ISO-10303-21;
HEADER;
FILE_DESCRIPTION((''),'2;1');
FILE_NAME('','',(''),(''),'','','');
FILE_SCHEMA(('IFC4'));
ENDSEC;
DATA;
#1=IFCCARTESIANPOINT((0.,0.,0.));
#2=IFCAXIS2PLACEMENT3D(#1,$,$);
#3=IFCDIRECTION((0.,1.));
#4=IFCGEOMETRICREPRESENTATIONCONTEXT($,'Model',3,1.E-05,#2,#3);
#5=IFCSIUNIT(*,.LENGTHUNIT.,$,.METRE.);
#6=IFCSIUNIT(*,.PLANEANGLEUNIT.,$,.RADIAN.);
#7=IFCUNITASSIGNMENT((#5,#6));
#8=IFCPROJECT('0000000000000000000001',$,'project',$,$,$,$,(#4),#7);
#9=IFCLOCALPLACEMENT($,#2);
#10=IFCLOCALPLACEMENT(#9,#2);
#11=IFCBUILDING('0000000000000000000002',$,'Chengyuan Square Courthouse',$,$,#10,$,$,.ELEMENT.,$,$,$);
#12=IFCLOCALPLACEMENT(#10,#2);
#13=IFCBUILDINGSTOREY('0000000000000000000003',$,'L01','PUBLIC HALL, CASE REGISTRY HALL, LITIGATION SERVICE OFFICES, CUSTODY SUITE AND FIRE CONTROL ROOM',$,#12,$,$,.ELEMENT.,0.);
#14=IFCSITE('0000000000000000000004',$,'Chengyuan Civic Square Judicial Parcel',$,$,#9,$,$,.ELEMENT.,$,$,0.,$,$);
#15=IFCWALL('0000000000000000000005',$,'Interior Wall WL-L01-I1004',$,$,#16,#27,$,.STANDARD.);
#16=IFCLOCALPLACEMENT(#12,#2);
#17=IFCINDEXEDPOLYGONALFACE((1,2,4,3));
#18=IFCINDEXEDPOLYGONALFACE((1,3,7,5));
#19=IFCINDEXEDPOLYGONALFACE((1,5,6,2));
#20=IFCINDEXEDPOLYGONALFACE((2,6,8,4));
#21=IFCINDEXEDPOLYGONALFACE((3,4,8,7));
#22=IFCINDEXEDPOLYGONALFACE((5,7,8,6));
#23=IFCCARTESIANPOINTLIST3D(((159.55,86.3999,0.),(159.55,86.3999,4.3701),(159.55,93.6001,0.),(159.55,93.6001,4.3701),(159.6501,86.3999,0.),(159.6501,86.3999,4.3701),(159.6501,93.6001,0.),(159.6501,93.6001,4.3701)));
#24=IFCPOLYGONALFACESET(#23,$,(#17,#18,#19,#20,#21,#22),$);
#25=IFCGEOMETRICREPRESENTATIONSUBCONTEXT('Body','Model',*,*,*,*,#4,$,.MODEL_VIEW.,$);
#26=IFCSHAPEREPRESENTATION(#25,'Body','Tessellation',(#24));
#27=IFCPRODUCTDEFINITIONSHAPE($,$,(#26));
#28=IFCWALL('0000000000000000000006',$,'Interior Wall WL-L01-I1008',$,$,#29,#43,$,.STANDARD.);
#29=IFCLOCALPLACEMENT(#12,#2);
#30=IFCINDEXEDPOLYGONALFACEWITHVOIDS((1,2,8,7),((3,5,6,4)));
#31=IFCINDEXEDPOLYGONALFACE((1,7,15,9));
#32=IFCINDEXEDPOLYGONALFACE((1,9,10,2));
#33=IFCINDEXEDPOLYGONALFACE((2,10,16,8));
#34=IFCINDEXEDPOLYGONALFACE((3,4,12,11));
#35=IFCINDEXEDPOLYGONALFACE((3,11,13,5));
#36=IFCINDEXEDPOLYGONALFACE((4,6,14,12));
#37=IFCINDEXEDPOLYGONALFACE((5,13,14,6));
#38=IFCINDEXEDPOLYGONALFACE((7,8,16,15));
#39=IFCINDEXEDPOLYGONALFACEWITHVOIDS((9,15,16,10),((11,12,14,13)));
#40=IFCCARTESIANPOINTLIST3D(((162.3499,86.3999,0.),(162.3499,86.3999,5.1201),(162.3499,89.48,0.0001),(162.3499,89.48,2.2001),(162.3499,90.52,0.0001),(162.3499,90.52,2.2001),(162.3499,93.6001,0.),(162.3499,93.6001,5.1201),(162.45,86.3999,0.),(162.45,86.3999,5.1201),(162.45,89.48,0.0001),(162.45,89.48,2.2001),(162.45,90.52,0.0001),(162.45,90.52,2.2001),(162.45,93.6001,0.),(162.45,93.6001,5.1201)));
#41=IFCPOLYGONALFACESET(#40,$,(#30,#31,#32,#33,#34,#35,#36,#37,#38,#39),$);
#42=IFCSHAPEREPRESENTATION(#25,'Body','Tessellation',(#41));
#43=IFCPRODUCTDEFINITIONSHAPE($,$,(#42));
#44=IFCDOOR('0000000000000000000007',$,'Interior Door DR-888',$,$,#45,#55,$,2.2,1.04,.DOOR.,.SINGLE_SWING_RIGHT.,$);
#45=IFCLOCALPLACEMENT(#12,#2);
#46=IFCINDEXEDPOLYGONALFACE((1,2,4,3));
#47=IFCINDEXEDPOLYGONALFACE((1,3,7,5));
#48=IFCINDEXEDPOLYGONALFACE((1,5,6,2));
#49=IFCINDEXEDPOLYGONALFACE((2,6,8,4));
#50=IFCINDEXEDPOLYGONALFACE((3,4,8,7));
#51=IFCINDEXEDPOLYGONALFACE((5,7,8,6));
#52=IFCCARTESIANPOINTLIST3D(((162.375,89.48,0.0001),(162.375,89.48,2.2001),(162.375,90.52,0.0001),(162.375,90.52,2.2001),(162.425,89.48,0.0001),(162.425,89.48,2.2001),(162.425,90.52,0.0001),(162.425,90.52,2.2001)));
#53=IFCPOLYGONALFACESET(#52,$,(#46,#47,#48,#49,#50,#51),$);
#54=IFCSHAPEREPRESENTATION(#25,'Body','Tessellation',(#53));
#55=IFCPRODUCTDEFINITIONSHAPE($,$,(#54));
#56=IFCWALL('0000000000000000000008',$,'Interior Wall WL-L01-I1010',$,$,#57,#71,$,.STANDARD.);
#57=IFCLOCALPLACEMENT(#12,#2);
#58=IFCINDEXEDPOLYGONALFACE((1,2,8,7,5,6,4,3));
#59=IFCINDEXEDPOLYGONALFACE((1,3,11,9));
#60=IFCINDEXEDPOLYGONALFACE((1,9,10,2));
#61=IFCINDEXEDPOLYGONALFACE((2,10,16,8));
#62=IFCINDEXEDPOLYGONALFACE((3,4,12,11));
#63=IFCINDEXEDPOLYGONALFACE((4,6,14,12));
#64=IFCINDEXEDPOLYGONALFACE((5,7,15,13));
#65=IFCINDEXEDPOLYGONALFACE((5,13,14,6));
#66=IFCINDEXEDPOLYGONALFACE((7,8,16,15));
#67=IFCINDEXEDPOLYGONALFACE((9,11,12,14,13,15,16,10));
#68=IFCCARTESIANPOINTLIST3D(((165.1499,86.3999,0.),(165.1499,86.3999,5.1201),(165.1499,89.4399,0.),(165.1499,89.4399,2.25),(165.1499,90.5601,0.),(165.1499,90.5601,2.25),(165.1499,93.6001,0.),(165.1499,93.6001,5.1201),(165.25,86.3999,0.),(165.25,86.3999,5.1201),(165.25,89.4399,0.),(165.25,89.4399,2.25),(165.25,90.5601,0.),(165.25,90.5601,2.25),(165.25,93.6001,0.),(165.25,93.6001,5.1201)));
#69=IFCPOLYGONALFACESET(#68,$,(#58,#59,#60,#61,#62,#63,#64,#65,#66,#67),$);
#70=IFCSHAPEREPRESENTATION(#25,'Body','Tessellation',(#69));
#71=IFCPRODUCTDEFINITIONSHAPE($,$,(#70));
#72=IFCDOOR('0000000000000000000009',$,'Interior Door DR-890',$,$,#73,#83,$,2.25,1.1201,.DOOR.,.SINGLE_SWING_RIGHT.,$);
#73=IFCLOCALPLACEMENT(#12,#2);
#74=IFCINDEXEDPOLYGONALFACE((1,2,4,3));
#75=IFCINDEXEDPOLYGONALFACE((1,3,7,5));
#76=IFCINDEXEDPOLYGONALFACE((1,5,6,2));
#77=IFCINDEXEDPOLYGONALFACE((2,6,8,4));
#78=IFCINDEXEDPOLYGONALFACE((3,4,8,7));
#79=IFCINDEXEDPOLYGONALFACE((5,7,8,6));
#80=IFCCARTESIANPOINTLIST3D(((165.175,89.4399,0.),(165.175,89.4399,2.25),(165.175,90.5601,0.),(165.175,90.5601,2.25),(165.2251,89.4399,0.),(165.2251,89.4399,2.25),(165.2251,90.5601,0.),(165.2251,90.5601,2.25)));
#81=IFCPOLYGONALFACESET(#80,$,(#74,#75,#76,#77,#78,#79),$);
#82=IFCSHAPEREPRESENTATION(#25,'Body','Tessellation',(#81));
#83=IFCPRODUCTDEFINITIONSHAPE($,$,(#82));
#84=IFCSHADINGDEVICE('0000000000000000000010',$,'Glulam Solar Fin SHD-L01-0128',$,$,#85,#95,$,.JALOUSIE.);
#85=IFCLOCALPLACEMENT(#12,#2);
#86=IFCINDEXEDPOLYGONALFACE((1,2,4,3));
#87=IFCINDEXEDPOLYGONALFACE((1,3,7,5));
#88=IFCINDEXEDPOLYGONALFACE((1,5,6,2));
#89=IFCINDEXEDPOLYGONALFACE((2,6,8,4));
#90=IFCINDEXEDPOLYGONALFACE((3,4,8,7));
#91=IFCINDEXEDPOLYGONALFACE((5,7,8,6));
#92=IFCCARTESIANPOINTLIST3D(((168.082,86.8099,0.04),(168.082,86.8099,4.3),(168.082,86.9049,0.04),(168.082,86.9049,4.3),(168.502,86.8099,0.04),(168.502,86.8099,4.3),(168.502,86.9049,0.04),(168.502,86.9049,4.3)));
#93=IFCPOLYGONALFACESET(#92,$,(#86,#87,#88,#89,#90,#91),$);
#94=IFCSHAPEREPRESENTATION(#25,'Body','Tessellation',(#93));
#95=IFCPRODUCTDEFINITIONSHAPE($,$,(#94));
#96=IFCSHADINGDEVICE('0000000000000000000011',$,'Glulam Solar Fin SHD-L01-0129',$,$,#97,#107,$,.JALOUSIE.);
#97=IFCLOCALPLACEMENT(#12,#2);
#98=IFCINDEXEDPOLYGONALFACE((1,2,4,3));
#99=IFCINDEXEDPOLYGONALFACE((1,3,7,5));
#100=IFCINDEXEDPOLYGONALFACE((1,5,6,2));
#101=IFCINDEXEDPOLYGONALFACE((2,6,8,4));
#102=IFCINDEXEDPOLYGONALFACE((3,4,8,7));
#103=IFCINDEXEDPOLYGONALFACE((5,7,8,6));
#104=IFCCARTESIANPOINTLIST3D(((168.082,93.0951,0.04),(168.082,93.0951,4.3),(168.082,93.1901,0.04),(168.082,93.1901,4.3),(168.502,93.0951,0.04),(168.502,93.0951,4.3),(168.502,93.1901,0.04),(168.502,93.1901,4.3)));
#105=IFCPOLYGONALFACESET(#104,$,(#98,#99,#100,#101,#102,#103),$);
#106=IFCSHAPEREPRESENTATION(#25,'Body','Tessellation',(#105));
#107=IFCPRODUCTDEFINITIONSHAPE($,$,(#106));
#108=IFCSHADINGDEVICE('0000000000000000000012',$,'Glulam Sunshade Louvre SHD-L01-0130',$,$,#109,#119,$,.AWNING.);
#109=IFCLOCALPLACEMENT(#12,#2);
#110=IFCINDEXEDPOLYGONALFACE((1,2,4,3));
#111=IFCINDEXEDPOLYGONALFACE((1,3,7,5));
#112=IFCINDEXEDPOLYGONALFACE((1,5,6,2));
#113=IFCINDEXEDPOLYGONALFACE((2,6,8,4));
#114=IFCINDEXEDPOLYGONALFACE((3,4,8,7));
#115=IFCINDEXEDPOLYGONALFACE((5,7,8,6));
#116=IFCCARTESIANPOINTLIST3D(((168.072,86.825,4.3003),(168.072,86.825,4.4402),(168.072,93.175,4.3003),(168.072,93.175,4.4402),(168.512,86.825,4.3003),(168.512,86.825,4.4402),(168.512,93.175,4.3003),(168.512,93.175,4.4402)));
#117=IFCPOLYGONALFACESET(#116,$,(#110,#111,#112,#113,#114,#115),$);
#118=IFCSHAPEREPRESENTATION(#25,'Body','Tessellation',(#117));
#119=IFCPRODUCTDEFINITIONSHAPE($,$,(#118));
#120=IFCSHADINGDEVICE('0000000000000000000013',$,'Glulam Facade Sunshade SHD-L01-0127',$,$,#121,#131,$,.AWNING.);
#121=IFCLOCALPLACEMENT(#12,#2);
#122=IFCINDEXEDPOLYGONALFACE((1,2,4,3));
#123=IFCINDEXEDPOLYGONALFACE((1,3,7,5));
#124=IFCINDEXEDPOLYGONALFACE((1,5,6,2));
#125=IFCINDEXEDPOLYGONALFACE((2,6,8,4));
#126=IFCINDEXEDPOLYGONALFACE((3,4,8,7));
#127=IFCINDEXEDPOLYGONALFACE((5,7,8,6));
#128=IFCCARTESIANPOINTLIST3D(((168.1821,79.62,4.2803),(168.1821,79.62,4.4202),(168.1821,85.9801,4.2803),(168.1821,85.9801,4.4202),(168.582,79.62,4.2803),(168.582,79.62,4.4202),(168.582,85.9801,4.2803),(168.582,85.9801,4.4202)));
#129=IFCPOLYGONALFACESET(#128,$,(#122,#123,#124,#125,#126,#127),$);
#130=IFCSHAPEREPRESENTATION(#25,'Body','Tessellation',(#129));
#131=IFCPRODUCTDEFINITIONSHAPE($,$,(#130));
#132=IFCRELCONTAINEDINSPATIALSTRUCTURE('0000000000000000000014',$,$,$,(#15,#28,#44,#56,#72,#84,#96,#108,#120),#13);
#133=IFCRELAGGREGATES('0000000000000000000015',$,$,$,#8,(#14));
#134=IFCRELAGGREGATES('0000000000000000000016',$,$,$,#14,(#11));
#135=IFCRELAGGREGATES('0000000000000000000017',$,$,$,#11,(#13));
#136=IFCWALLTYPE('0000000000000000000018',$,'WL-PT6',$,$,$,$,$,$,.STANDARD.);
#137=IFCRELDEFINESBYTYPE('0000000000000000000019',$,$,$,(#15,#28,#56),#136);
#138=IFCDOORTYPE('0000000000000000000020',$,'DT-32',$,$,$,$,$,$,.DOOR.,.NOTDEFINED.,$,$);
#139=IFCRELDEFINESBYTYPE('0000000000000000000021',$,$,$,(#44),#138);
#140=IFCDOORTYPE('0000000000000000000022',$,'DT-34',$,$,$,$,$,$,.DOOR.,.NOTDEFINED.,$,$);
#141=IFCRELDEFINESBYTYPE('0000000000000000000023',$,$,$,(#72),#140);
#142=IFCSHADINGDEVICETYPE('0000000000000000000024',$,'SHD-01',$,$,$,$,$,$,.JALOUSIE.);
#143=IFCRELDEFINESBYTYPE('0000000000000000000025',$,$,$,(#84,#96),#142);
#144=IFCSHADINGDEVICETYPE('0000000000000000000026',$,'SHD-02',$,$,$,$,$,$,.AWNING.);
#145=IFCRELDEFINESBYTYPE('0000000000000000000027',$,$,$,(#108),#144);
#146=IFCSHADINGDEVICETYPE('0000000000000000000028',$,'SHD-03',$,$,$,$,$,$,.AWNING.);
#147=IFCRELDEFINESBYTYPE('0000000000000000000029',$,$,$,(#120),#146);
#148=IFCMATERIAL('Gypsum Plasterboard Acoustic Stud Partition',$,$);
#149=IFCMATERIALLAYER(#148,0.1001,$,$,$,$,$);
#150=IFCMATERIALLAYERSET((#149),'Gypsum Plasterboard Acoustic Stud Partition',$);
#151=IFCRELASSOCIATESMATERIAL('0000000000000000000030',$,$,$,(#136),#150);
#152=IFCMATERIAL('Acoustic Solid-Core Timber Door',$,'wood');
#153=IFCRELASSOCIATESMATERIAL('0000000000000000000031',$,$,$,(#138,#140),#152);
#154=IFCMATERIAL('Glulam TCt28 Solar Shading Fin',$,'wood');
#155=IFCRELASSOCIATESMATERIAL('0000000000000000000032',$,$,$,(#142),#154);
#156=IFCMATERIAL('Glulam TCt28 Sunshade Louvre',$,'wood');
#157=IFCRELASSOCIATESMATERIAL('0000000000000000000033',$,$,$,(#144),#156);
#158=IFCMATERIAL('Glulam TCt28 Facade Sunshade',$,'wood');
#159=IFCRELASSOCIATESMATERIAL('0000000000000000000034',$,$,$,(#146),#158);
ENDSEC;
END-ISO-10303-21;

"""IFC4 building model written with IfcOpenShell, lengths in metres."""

from ifc_helpers import new_model, si_unit, direction, frame, frame_2d, origin, origin_2d, place, context, subcontext, project, spatial, rectangle, extrude, material, layer, layer_set, type_object, element, fill, save


model = new_model("IFC4")

# Units and contexts
model_context = context("Model", 3, precision=1e-05, world=origin(), true_north=direction((0.0, 1.0)))
body_context = subcontext(model_context, "Body", "Model", "MODEL_VIEW")
ifc_project = project(units=[si_unit("LENGTHUNIT", "METRE"), si_unit("PLANEANGLEUNIT", "RADIAN")], contexts=[model_context])

# Site, building, storey
site_placement = place(None, origin())
site = spatial("IfcSite", under=ifc_project, at=site_placement, Name="Chengyuan Civic Square Judicial Parcel", CompositionType="ELEMENT", RefElevation=0.0)
building_placement = place(site_placement, origin())
building = spatial("IfcBuilding", under=site, at=building_placement, Name="Chengyuan Square Courthouse", CompositionType="ELEMENT")
storey_placement = place(building_placement, origin())
storey = spatial("IfcBuildingStorey", under=building, at=storey_placement, Name="L01", Description="PUBLIC HALL, CASE REGISTRY HALL, LITIGATION SERVICE OFFICES, CUSTODY SUITE AND FIRE CONTROL ROOM", CompositionType="ELEMENT", Elevation=0.0)

# Wall
ifc_material_1 = material(Name="Gypsum Plasterboard Acoustic Stud Partition")
ifc_layer_1 = layer(ifc_material_1, 0.1001)
ifc_layer_set_1 = layer_set([ifc_layer_1], Name="Gypsum Plasterboard Acoustic Stud Partition")
wall_type_1 = type_object("IfcWallType", Name="WL-PT6", PredefinedType="STANDARD", material=ifc_layer_set_1)
wall_1_placement = place(storey_placement, frame((159.6001, 86.3999, 0.0), z_axis=(0.0, 0.0, 1.0), x_axis=(0.0, 1.0, 0.0)))
element("IfcWall", 1, at=wall_1_placement, inside=storey, type_object=wall_type_1, Name="Interior Wall WL-L01-I1004", PredefinedType="STANDARD", context=body_context, shape_type="SweptSolid", body=[
    extrude(rectangle(XDim=7.2002, YDim=0.1001, at=frame_2d((3.6001, 0.0))), origin(), (0.0, 0.0, 1.0), 4.3701),
])

# Walls, openings, doors
wall_2_placement = place(storey_placement, frame((162.3999, 86.3999, 0.0), z_axis=(0.0, 0.0, 1.0), x_axis=(0.0, 1.0, 0.0)))
wall_2 = element("IfcWall", 2, at=wall_2_placement, inside=storey, type_object=wall_type_1, Name="Interior Wall WL-L01-I1008", PredefinedType="STANDARD", context=body_context, shape_type="SweptSolid", body=[
    extrude(rectangle(XDim=7.2002, YDim=0.1001, at=frame_2d((3.6001, 0.0))), origin(), (0.0, 0.0, 1.0), 5.1201),
])
opening_1_placement = place(wall_2_placement, frame((3.0801, 0.0, 0.0)))
opening_1 = element("IfcOpeningElement", 3, at=opening_1_placement, cuts=wall_2, PredefinedType="OPENING", context=body_context, shape_type="SweptSolid", body=[
    extrude(rectangle(XDim=1.04, YDim=2.2, at=frame_2d((0.52, 1.1001))), frame((0.0, 0.062, 0.0), z_axis=(0.0, -1.0, 0.0), x_axis=(1.0, 0.0, 0.0)), (0.0, 0.0, 1.0), 0.124),
])
ifc_material_2 = material(Name="Acoustic Solid-Core Timber Door", Category="wood")
door_type_1 = type_object("IfcDoorType", Name="DT-32", OperationType="NOTDEFINED", PredefinedType="DOOR", material=ifc_material_2)
door_1_placement = place(opening_1_placement, origin())
door_1 = element("IfcDoor", 4, at=door_1_placement, inside=storey, type_object=door_type_1, Name="Interior Door DR-888", OperationType="SINGLE_SWING_RIGHT", OverallHeight=2.2, OverallWidth=1.04, PredefinedType="DOOR", context=body_context, shape_type="SweptSolid", body=[
    extrude(rectangle(XDim=1.04, YDim=2.2, at=frame_2d((0.52, 1.1001))), frame((0.0, 0.0249, 0.0), z_axis=(0.0, -1.0, 0.0), x_axis=(1.0, 0.0, 0.0)), (0.0, 0.0, 1.0), 0.05),
])
fill(opening_1, door_1)
wall_3_placement = place(storey_placement, frame((165.2, 86.3999, 0.0), z_axis=(0.0, 0.0, 1.0), x_axis=(0.0, 1.0, 0.0)))
wall_3 = element("IfcWall", 5, at=wall_3_placement, inside=storey, type_object=wall_type_1, Name="Interior Wall WL-L01-I1010", PredefinedType="STANDARD", context=body_context, shape_type="SweptSolid", body=[
    extrude(rectangle(XDim=7.2002, YDim=0.1001, at=frame_2d((3.6001, 0.0))), origin(), (0.0, 0.0, 1.0), 5.1201),
])
opening_2_placement = place(wall_3_placement, frame((3.04, 0.0, 0.0)))
opening_2 = element("IfcOpeningElement", 6, at=opening_2_placement, cuts=wall_3, PredefinedType="OPENING", context=body_context, shape_type="SweptSolid", body=[
    extrude(rectangle(XDim=1.1201, YDim=2.25, at=frame_2d((0.5601, 1.125))), frame((0.0, 0.062, 0.0), z_axis=(0.0, -1.0, 0.0), x_axis=(1.0, 0.0, 0.0)), (0.0, 0.0, 1.0), 0.124),
])
door_type_2 = type_object("IfcDoorType", Name="DT-34", OperationType="NOTDEFINED", PredefinedType="DOOR", material=ifc_material_2)
door_2_placement = place(opening_2_placement, origin())
door_2 = element("IfcDoor", 7, at=door_2_placement, inside=storey, type_object=door_type_2, Name="Interior Door DR-890", OperationType="SINGLE_SWING_RIGHT", OverallHeight=2.25, OverallWidth=1.1201, PredefinedType="DOOR", context=body_context, shape_type="SweptSolid", body=[
    extrude(rectangle(XDim=1.1201, YDim=2.25, at=frame_2d((0.5601, 1.125))), frame((0.0, 0.0249, 0.0), z_axis=(0.0, -1.0, 0.0), x_axis=(1.0, 0.0, 0.0)), (0.0, 0.0, 1.0), 0.05),
])
fill(opening_2, door_2)

# Shading devices
ifc_material_3 = material(Name="Glulam TCt28 Solar Shading Fin", Category="wood")
shading_device_type_1 = type_object("IfcShadingDeviceType", Name="SHD-01", PredefinedType="JALOUSIE", material=ifc_material_3)
for number, where, z_axis, x_axis, name in (
    (8, (168.292, 86.8574, 0.04), (0.0, 0.0, 1.0), (1.0, 0.0, 0.0), "Glulam Solar Fin SHD-L01-0128"),
    (9, (168.292, 93.1426, 0.04), (0.0, 0.0, 1.0), (1.0, 0.0, 0.0), "Glulam Solar Fin SHD-L01-0129"),
):
    element("IfcShadingDevice", number, at=place(storey_placement, frame(where, z_axis=z_axis, x_axis=x_axis)), inside=storey, type_object=shading_device_type_1, Name=name, PredefinedType="JALOUSIE", context=body_context, shape_type="SweptSolid", body=[
        extrude(rectangle(XDim=0.4199, YDim=0.095, at=origin_2d()), origin(), (0.0, 0.0, 1.0), 4.26),
    ])
ifc_material_4 = material(Name="Glulam TCt28 Sunshade Louvre", Category="wood")
shading_device_type_2 = type_object("IfcShadingDeviceType", Name="SHD-02", PredefinedType="AWNING", material=ifc_material_4)
shading_device_1_placement = place(storey_placement, frame((168.292, 90.0, 4.3003), z_axis=(0.0, 0.0, 1.0), x_axis=(0.0, 1.0, 0.0)))
element("IfcShadingDevice", 10, at=shading_device_1_placement, inside=storey, type_object=shading_device_type_2, Name="Glulam Sunshade Louvre SHD-L01-0130", PredefinedType="AWNING", context=body_context, shape_type="SweptSolid", body=[
    extrude(rectangle(XDim=6.3501, YDim=0.4399, at=origin_2d()), origin(), (0.0, 0.0, 1.0), 0.1399),
])
ifc_material_5 = material(Name="Glulam TCt28 Facade Sunshade", Category="wood")
shading_device_type_3 = type_object("IfcShadingDeviceType", Name="SHD-03", PredefinedType="AWNING", material=ifc_material_5)
shading_device_2_placement = place(storey_placement, frame((168.3821, 82.8, 4.2803), z_axis=(0.0, 0.0, 1.0), x_axis=(0.0, 1.0, 0.0)))
element("IfcShadingDevice", 11, at=shading_device_2_placement, inside=storey, type_object=shading_device_type_3, Name="Glulam Facade Sunshade SHD-L01-0127", PredefinedType="AWNING", context=body_context, shape_type="SweptSolid", body=[
    extrude(rectangle(XDim=6.3601, YDim=0.3999, at=origin_2d()), origin(), (0.0, 0.0, 1.0), 0.1399),
])

save(model, "model.ifc")
